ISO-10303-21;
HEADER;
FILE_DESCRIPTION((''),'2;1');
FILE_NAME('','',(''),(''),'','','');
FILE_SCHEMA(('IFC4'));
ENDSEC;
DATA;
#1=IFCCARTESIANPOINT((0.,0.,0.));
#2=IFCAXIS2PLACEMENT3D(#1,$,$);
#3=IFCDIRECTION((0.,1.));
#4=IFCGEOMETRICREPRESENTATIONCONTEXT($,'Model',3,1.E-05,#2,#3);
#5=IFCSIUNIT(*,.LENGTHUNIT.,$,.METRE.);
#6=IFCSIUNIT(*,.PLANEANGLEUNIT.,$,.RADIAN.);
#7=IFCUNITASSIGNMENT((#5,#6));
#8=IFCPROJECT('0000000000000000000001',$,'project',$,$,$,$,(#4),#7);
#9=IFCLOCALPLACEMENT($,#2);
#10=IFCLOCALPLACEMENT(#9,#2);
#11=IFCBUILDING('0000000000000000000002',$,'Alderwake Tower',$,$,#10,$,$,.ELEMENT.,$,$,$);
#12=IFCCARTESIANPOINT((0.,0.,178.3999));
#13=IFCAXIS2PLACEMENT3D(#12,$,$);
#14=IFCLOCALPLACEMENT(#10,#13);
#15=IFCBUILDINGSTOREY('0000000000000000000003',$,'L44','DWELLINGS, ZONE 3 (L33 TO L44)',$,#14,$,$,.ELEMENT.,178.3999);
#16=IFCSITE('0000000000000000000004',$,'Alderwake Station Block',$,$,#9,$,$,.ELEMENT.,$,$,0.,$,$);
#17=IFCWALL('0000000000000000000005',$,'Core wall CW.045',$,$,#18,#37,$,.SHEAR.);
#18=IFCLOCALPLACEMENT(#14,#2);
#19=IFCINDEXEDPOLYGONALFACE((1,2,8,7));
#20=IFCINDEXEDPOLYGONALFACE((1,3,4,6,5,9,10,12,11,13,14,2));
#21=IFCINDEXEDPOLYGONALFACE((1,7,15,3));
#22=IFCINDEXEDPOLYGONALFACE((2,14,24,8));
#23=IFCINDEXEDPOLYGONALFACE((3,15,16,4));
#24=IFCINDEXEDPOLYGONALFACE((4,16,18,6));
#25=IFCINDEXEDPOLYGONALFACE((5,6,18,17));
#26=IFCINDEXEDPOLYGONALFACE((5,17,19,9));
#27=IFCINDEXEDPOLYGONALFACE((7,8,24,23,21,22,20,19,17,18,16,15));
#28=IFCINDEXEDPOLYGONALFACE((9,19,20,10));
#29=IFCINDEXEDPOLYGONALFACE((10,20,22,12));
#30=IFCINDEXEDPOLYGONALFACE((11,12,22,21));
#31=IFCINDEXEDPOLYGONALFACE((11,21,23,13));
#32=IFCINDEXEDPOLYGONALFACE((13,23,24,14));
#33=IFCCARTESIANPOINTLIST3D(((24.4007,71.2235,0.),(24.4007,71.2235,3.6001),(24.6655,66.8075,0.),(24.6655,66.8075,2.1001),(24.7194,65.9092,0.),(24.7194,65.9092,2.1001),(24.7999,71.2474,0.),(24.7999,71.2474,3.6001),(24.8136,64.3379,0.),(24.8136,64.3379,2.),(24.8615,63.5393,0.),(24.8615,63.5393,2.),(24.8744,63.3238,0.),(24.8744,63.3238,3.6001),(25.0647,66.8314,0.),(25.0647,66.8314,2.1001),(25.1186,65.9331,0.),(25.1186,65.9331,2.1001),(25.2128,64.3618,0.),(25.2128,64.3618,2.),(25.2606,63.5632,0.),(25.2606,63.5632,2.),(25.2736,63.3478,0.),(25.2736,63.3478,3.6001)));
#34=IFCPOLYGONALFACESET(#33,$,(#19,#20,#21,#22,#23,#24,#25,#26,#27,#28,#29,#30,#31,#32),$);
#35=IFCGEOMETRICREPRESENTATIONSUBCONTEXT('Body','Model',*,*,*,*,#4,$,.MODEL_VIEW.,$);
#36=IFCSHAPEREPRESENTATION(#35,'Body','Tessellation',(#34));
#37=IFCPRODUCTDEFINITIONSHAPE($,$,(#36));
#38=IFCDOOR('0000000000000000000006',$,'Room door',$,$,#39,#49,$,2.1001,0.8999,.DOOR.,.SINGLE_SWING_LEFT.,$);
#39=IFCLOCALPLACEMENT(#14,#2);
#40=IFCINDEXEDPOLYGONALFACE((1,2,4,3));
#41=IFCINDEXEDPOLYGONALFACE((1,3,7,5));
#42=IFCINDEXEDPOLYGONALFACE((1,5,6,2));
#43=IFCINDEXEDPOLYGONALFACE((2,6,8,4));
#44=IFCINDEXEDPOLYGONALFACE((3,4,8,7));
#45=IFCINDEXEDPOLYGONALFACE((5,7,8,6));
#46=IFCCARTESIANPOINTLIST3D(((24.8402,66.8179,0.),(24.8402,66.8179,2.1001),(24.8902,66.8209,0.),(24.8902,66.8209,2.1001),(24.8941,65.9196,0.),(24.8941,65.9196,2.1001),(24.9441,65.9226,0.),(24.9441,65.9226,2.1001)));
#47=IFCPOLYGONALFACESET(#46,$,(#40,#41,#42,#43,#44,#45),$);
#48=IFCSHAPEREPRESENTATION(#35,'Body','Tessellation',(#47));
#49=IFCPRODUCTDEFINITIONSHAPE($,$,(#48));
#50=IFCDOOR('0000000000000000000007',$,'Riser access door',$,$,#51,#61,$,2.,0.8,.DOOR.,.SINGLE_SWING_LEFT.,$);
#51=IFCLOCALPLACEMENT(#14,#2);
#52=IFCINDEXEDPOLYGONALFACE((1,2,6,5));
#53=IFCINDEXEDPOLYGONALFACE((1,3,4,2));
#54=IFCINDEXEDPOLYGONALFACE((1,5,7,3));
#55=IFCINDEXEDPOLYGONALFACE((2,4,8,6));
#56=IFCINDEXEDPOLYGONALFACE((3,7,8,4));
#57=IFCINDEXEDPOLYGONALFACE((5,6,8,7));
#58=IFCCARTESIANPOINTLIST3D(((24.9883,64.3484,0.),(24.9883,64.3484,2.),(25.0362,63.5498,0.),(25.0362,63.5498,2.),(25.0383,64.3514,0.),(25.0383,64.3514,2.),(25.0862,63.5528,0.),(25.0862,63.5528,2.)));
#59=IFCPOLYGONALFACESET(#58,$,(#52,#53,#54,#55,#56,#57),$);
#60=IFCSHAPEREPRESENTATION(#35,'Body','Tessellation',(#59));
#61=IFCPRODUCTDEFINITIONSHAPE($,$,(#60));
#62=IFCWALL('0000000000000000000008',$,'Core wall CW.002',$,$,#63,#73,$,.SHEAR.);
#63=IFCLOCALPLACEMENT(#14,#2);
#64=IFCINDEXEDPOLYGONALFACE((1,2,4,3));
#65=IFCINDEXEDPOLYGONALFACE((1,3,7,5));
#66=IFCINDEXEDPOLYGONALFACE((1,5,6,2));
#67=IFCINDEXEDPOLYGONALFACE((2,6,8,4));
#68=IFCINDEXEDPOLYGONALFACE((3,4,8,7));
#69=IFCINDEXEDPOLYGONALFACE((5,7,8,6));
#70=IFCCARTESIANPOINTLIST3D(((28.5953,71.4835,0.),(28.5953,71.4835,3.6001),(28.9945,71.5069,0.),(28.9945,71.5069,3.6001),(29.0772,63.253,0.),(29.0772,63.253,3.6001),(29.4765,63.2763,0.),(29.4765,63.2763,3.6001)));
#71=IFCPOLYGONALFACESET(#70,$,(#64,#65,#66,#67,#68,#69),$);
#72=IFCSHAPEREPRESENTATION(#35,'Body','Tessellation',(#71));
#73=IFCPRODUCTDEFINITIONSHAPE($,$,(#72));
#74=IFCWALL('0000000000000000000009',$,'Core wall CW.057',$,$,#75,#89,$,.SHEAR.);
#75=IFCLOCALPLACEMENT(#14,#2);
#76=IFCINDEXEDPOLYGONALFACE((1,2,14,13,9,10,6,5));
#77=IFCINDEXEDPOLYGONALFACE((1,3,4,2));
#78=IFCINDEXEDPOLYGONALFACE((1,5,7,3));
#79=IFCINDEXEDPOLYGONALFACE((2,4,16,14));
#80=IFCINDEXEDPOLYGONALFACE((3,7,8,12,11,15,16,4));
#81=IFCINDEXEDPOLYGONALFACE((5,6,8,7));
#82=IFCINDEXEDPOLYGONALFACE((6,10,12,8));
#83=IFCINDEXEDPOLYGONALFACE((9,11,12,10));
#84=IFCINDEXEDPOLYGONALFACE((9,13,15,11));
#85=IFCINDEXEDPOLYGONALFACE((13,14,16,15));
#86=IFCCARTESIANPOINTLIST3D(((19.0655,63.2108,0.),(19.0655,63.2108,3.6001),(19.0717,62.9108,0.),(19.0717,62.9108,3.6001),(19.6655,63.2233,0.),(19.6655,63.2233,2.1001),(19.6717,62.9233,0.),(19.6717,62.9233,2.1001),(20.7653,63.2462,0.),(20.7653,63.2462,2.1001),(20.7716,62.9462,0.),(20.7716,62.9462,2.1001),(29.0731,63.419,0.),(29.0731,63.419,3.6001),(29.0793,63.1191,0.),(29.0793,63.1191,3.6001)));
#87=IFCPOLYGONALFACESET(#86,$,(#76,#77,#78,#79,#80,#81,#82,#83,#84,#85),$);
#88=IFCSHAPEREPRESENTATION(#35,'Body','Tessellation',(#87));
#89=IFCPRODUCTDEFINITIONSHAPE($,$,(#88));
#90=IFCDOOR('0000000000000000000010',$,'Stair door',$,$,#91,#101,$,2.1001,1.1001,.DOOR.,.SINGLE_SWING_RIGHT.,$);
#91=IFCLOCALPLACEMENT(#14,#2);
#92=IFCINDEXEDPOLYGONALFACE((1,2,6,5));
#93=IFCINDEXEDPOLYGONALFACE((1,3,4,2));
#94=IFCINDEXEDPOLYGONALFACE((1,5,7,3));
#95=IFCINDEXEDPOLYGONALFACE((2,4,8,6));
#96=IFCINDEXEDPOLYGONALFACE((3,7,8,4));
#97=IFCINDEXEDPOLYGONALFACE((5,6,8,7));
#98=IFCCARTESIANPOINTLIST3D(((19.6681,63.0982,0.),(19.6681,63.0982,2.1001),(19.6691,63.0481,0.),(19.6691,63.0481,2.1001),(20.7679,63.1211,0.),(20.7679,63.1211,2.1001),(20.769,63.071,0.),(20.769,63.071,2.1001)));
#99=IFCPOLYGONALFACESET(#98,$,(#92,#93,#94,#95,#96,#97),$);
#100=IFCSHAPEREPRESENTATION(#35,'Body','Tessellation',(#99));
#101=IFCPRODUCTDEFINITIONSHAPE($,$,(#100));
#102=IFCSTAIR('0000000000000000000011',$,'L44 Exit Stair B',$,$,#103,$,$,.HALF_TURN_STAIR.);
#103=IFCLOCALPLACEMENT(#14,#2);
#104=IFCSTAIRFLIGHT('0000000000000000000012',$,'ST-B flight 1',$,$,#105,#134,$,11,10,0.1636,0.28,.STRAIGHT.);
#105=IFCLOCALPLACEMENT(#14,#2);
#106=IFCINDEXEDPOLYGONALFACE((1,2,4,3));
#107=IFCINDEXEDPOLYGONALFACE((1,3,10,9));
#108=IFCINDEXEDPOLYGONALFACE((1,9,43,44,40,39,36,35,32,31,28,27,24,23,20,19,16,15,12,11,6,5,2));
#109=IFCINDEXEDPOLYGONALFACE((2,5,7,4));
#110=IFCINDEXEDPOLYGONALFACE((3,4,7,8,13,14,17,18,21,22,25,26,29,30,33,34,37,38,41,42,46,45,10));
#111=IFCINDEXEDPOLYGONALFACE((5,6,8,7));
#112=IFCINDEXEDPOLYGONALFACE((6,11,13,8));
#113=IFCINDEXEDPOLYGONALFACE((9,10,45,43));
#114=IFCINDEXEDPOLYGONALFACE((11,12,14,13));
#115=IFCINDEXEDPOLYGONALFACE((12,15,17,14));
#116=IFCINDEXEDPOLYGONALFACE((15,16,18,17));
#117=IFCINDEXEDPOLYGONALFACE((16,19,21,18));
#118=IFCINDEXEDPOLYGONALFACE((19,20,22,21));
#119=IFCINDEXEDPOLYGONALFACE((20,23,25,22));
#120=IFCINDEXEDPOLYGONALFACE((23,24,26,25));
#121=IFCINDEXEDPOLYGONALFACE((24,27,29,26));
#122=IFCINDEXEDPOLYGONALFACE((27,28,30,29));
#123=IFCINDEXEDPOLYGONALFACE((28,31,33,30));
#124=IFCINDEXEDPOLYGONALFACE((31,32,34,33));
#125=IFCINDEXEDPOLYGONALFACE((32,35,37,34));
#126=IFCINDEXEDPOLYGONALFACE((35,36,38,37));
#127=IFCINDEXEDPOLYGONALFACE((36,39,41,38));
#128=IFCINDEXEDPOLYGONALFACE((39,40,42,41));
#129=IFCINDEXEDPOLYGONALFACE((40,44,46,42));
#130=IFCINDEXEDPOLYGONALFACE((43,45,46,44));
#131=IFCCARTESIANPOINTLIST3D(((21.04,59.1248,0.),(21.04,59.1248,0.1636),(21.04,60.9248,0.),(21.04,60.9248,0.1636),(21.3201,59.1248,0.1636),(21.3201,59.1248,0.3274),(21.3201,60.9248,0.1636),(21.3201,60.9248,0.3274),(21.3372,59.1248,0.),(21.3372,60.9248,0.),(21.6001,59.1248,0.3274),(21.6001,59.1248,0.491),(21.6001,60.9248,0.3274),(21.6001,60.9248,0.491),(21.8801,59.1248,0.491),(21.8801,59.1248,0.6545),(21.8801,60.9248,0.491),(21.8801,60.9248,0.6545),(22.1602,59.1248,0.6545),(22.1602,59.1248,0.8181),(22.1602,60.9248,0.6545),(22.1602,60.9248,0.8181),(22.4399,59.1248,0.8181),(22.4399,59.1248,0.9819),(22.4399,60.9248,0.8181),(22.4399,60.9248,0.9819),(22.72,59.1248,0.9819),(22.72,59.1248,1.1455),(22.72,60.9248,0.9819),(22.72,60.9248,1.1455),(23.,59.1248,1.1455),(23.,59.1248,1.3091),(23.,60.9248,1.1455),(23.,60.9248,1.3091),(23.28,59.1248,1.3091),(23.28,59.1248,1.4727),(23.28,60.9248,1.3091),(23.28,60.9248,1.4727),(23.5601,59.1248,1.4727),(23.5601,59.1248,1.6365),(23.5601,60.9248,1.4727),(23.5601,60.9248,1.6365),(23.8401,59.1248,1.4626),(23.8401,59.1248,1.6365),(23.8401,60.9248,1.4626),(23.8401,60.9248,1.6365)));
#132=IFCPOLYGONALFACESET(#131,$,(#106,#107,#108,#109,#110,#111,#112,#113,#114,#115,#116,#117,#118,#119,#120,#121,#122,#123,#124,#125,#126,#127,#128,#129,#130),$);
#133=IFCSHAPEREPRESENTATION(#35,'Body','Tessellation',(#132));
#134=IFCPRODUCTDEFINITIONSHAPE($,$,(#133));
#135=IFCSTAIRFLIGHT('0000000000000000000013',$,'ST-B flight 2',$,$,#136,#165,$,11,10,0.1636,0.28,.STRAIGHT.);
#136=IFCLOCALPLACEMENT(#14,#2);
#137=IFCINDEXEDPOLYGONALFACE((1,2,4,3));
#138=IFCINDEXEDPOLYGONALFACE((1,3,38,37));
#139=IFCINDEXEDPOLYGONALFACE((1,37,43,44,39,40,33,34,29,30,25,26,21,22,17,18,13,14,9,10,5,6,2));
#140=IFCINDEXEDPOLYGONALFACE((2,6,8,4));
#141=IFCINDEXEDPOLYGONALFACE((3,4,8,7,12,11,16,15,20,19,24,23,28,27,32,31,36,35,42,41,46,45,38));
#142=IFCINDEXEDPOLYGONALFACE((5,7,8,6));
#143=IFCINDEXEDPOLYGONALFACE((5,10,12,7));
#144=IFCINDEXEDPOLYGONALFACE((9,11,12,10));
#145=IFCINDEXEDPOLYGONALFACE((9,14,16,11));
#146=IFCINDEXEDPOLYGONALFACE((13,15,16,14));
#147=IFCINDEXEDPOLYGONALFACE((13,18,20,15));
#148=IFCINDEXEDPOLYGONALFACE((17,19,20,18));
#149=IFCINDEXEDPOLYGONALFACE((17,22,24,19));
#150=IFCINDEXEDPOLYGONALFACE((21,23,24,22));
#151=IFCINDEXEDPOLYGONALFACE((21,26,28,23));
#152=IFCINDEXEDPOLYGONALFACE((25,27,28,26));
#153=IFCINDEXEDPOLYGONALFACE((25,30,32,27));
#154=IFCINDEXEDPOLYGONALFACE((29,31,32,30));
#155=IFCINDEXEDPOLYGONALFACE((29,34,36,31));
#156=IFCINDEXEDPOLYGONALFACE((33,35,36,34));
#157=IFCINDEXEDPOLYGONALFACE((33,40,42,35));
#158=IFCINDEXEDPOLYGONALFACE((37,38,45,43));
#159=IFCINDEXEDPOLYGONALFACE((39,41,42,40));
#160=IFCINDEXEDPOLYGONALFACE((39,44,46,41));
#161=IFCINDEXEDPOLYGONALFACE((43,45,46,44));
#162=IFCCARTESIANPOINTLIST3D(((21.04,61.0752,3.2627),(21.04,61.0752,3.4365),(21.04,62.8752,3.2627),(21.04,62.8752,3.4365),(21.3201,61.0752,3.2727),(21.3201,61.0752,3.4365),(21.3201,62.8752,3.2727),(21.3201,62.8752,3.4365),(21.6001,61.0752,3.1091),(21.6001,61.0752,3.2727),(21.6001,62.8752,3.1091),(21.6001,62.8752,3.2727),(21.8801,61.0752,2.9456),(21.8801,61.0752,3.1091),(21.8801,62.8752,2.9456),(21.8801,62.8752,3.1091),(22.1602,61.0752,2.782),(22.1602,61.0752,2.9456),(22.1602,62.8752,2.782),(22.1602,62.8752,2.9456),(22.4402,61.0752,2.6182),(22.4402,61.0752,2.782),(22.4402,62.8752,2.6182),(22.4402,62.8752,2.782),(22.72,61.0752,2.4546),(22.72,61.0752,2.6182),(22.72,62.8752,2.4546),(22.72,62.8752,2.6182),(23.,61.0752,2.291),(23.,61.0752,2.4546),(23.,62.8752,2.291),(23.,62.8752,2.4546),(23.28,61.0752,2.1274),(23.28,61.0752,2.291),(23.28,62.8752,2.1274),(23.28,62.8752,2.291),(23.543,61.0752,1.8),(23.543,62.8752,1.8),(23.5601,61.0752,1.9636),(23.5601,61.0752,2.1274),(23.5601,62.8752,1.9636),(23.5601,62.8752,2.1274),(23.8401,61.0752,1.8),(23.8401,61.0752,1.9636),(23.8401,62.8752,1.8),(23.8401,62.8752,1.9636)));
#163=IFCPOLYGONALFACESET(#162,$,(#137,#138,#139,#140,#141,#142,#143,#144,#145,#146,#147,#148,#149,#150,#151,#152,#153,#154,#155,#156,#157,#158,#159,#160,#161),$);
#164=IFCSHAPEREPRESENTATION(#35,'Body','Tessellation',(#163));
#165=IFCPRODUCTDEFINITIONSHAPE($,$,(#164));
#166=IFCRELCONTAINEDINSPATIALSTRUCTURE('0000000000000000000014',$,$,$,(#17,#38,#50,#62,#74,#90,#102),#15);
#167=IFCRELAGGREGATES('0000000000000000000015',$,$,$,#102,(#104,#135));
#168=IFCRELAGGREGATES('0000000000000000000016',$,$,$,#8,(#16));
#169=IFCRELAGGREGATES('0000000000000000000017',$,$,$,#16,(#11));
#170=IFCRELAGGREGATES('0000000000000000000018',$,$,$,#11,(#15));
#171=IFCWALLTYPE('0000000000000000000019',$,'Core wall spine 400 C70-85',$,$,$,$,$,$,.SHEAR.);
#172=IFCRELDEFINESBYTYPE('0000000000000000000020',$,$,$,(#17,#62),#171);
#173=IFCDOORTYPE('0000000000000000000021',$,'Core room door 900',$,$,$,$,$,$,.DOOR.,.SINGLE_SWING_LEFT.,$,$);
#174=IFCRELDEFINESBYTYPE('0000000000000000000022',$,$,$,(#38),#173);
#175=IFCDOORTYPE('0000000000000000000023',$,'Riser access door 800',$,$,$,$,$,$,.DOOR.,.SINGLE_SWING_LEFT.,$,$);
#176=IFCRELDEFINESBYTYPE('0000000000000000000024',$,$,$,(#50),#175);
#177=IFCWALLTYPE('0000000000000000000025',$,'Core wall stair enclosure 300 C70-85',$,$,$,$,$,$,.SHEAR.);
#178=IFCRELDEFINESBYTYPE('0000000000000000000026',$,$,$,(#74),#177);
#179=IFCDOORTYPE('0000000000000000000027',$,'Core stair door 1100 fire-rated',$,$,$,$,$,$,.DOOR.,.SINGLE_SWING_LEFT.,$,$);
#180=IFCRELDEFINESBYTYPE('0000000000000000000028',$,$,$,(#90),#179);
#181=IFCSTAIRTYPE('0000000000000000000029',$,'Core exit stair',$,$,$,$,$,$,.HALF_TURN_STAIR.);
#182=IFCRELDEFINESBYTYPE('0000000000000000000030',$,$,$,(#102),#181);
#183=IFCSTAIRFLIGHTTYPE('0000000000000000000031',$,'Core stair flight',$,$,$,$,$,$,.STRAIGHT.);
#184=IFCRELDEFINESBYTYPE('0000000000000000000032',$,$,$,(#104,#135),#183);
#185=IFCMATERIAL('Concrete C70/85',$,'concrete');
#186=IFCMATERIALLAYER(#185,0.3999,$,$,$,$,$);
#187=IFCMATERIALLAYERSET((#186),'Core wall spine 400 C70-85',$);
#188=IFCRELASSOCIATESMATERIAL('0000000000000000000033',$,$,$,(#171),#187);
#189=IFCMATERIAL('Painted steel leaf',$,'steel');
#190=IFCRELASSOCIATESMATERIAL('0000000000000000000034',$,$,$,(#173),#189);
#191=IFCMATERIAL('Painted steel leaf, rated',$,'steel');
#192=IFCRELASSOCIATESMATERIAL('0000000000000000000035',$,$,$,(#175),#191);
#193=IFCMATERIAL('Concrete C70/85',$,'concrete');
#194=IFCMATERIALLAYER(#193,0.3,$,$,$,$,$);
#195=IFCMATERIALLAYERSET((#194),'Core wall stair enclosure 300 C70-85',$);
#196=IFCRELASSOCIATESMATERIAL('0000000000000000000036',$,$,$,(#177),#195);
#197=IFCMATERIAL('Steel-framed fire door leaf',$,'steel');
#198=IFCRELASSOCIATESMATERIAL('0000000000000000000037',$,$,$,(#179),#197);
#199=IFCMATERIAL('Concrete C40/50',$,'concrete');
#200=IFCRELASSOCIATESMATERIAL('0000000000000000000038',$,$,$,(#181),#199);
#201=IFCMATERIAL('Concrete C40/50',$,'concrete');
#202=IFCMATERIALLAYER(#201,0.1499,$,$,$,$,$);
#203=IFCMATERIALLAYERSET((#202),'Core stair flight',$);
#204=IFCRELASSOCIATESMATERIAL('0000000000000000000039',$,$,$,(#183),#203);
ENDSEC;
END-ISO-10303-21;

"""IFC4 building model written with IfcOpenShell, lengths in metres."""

from ifc_helpers import new_model, si_unit, direction, frame, frame_2d, origin, place, context, subcontext, project, spatial, polyline, rectangle, outline, extrude, material, layer, layer_set, type_object, element, fill, aggregate, save


model = new_model("IFC4")

# Units and contexts
model_context = context("Model", 3, precision=1e-05, world=origin(), true_north=direction((0.0, 1.0)))
body_context = subcontext(model_context, "Body", "Model", "MODEL_VIEW")
ifc_project = project(units=[si_unit("LENGTHUNIT", "METRE"), si_unit("PLANEANGLEUNIT", "RADIAN")], contexts=[model_context])

# Site, building, storey
site_placement = place(None, origin())
site = spatial("IfcSite", under=ifc_project, at=site_placement, Name="Alderwake Station Block", CompositionType="ELEMENT", RefElevation=0.0)
building_placement = place(site_placement, origin())
building = spatial("IfcBuilding", under=site, at=building_placement, Name="Alderwake Tower", CompositionType="ELEMENT")
storey_placement = place(building_placement, frame((0.0, 0.0, 178.3999)))
storey = spatial("IfcBuildingStorey", under=building, at=storey_placement, Name="L44", Description="DWELLINGS, ZONE 3 (L33 TO L44)", CompositionType="ELEMENT", Elevation=178.3999)

# Wall, openings, doors
ifc_material_1 = material(Name="Concrete C70/85", Category="concrete")
ifc_layer_1 = layer(ifc_material_1, 0.3999)
ifc_layer_set_1 = layer_set([ifc_layer_1], Name="Core wall spine 400 C70-85")
wall_type_1 = type_object("IfcWallType", Name="Core wall spine 400 C70-85", PredefinedType="SHEAR", material=ifc_layer_set_1)
wall_1_placement = place(storey_placement, frame((25.074, 63.3357, 0.0), z_axis=(0.0, 0.0, 1.0), x_axis=(-0.059849, 0.998207, 0.0)))
wall_1 = element("IfcWall", 1, at=wall_1_placement, inside=storey, type_object=wall_type_1, Name="Core wall CW.045", PredefinedType="SHEAR", context=body_context, shape_type="SweptSolid", body=[
    extrude(rectangle(XDim=7.9138, YDim=0.3999, at=frame_2d((3.957, 0.0))), origin(), (0.0, 0.0, 1.0), 3.6001),
])
opening_1_placement = place(wall_1_placement, frame((0.2161, 0.0, 0.0)))
opening_1 = element("IfcOpeningElement", 2, at=opening_1_placement, cuts=wall_1, PredefinedType="OPENING", context=body_context, shape_type="SweptSolid", body=[
    extrude(rectangle(XDim=0.8, YDim=2.0, at=frame_2d((0.3999, 1.0))), frame((0.0, 0.21, 0.0), z_axis=(0.0, -1.0, 0.0), x_axis=(1.0, 0.0, 0.0)), (0.0, 0.0, 1.0), 0.4199),
])
opening_2_placement = place(wall_1_placement, frame((2.5901, 0.0, 0.0)))
opening_2 = element("IfcOpeningElement", 3, at=opening_2_placement, cuts=wall_1, PredefinedType="OPENING", context=body_context, shape_type="SweptSolid", body=[
    extrude(rectangle(XDim=0.8999, YDim=2.1001, at=frame_2d((0.45, 1.05))), frame((0.0, 0.21, 0.0), z_axis=(0.0, -1.0, 0.0), x_axis=(1.0, 0.0, 0.0)), (0.0, 0.0, 1.0), 0.4199),
])
ifc_material_2 = material(Name="Painted steel leaf", Category="steel")
door_type_1 = type_object("IfcDoorType", Name="Core room door 900", OperationType="SINGLE_SWING_LEFT", PredefinedType="DOOR", material=ifc_material_2)
door_1_placement = place(opening_2_placement, origin())
door_1 = element("IfcDoor", 4, at=door_1_placement, inside=storey, type_object=door_type_1, Name="Room door", OperationType="SINGLE_SWING_LEFT", OverallHeight=2.1001, OverallWidth=0.8999, PredefinedType="DOOR", context=body_context, shape_type="SweptSolid", body=[
    extrude(rectangle(XDim=0.8999, YDim=2.1001, at=frame_2d((0.45, 1.05))), frame((0.0, 0.0249, 0.0), z_axis=(0.0, -1.0, 0.0), x_axis=(1.0, 0.0, 0.0)), (0.0, 0.0, 1.0), 0.05),
])
fill(opening_2, door_1)
ifc_material_3 = material(Name="Painted steel leaf, rated", Category="steel")
door_type_2 = type_object("IfcDoorType", Name="Riser access door 800", OperationType="SINGLE_SWING_LEFT", PredefinedType="DOOR", material=ifc_material_3)
door_2_placement = place(opening_1_placement, origin())
door_2 = element("IfcDoor", 5, at=door_2_placement, inside=storey, type_object=door_type_2, Name="Riser access door", OperationType="SINGLE_SWING_LEFT", OverallHeight=2.0, OverallWidth=0.8, PredefinedType="DOOR", context=body_context, shape_type="SweptSolid", body=[
    extrude(rectangle(XDim=0.8, YDim=2.0, at=frame_2d((0.3999, 1.0))), frame((0.0, 0.0249, 0.0), z_axis=(0.0, -1.0, 0.0), x_axis=(1.0, 0.0, 0.0)), (0.0, 0.0, 1.0), 0.05),
])
fill(opening_1, door_2)

# Wall
wall_2_placement = place(storey_placement, frame((29.2769, 63.2646, 0.0), z_axis=(0.0, 0.0, 1.0), x_axis=(-0.058455, 0.99829, 0.0)))
element("IfcWall", 6, at=wall_2_placement, inside=storey, type_object=wall_type_1, Name="Core wall CW.002", PredefinedType="SHEAR", context=body_context, shape_type="SweptSolid", body=[
    extrude(rectangle(XDim=8.2446, YDim=0.3999, at=frame_2d((4.1223, 0.0))), origin(), (0.0, 0.0, 1.0), 3.6001),
])

# Wall, opening, door
ifc_material_4 = material(Name="Concrete C70/85", Category="concrete")
ifc_layer_2 = layer(ifc_material_4, 0.3)
ifc_layer_set_2 = layer_set([ifc_layer_2], Name="Core wall stair enclosure 300 C70-85")
wall_type_2 = type_object("IfcWallType", Name="Core wall stair enclosure 300 C70-85", PredefinedType="SHEAR", material=ifc_layer_set_2)
wall_3_placement = place(storey_placement, frame((19.0686, 63.0608, 0.0), z_axis=(0.0, 0.0, 1.0), x_axis=(0.999784, 0.020805, 0.0)))
wall_3 = element("IfcWall", 7, at=wall_3_placement, inside=storey, type_object=wall_type_2, Name="Core wall CW.057", PredefinedType="SHEAR", context=body_context, shape_type="SweptSolid", body=[
    extrude(rectangle(XDim=10.0098, YDim=0.3, at=frame_2d((5.0049, 0.0))), origin(), (0.0, 0.0, 1.0), 3.6001),
])
opening_3_placement = place(wall_3_placement, frame((0.6001, 0.0, 0.0)))
opening_3 = element("IfcOpeningElement", 8, at=opening_3_placement, cuts=wall_3, PredefinedType="OPENING", context=body_context, shape_type="SweptSolid", body=[
    extrude(rectangle(XDim=1.1001, YDim=2.1001, at=frame_2d((0.55, 1.05))), frame((0.0, 0.1599, 0.0), z_axis=(0.0, -1.0, 0.0), x_axis=(1.0, 0.0, 0.0)), (0.0, 0.0, 1.0), 0.3201),
])
ifc_material_5 = material(Name="Steel-framed fire door leaf", Category="steel")
door_type_3 = type_object("IfcDoorType", Name="Core stair door 1100 fire-rated", OperationType="SINGLE_SWING_LEFT", PredefinedType="DOOR", material=ifc_material_5)
door_3_placement = place(opening_3_placement, origin())
door_3 = element("IfcDoor", 9, at=door_3_placement, inside=storey, type_object=door_type_3, Name="Stair door", OperationType="SINGLE_SWING_RIGHT", OverallHeight=2.1001, OverallWidth=1.1001, PredefinedType="DOOR", context=body_context, shape_type="SweptSolid", body=[
    extrude(rectangle(XDim=1.1001, YDim=2.1001, at=frame_2d((0.55, 1.05))), frame((0.0, 0.0249, 0.0), z_axis=(0.0, -1.0, 0.0), x_axis=(1.0, 0.0, 0.0)), (0.0, 0.0, 1.0), 0.05),
])
fill(opening_3, door_3)

# Stair, stair flights
ifc_material_6 = material(Name="Concrete C40/50", Category="concrete")
stair_type = type_object("IfcStairType", Name="Core exit stair", PredefinedType="HALF_TURN_STAIR", material=ifc_material_6)
stair_placement = place(storey_placement, origin())
stair = element("IfcStair", 10, at=stair_placement, inside=storey, type_object=stair_type, Name="L44 Exit Stair B", PredefinedType="HALF_TURN_STAIR")
ifc_material_7 = material(Name="Concrete C40/50", Category="concrete")
ifc_layer_3 = layer(ifc_material_7, 0.1499)
ifc_layer_set_3 = layer_set([ifc_layer_3], Name="Core stair flight")
stair_flight_type = type_object("IfcStairFlightType", Name="Core stair flight", PredefinedType="STRAIGHT", material=ifc_layer_set_3)
stair_flight_1_placement = place(storey_placement, frame((21.04, 60.0249, 0.0), z_axis=(0.0, 0.0, 1.0), x_axis=(1.0, 0.0, 0.0)))
stair_flight_1 = element("IfcStairFlight", 11, at=stair_flight_1_placement, type_object=stair_flight_type, Name="ST-B flight 1", NumberOfRisers=11, NumberOfTreads=10, PredefinedType="STRAIGHT", RiserHeight=0.1636, TreadLength=0.28, context=body_context, shape_type="SweptSolid", body=[
    extrude(outline(polyline([(0.0, 0.0), (0.0, 0.1636), (0.28, 0.1636), (0.28, 0.3274), (0.5601, 0.3274), (0.5601, 0.491), (0.8401, 0.491), (0.8401, 0.6545), (1.1201, 0.6545), (1.1201, 0.8181), (1.3999, 0.8181), (1.3999, 0.9819), (1.6799, 0.9819), (1.6799, 1.1455), (1.96, 1.1455), (1.96, 1.3091), (2.24, 1.3091), (2.24, 1.4727), (2.52, 1.4727), (2.52, 1.6365), (2.8, 1.6365), (2.8, 1.8), (2.8, 1.4626), (0.2971, 0.0), (0.0, 0.0)])), frame((0.0, 0.8999, 0.0), z_axis=(0.0, -1.0, 0.0), x_axis=(1.0, 0.0, 0.0)), (0.0, 0.0, 1.0), 1.8),
])
stair_flight_2_placement = place(storey_placement, frame((23.8401, 61.9751, 1.8), z_axis=(0.0, 0.0, 1.0), x_axis=(-1.0, 0.0, 0.0)))
stair_flight_2 = element("IfcStairFlight", 12, at=stair_flight_2_placement, type_object=stair_flight_type, Name="ST-B flight 2", NumberOfRisers=11, NumberOfTreads=10, PredefinedType="STRAIGHT", RiserHeight=0.1636, TreadLength=0.28, context=body_context, shape_type="SweptSolid", body=[
    extrude(outline(polyline([(0.0, 0.0), (0.0, 0.1636), (0.28, 0.1636), (0.28, 0.3274), (0.5601, 0.3274), (0.5601, 0.491), (0.8401, 0.491), (0.8401, 0.6545), (1.1201, 0.6545), (1.1201, 0.8181), (1.3999, 0.8181), (1.3999, 0.9819), (1.6799, 0.9819), (1.6799, 1.1455), (1.96, 1.1455), (1.96, 1.3091), (2.24, 1.3091), (2.24, 1.4727), (2.52, 1.4727), (2.52, 1.6365), (2.8, 1.6365), (2.8, 1.8), (2.8, 1.4626), (0.2971, 0.0), (0.0, 0.0)])), frame((0.0, 0.8999, 0.0), z_axis=(0.0, -1.0, 0.0), x_axis=(1.0, 0.0, 0.0)), (0.0, 0.0, 1.0), 1.8),
])
aggregate(stair, [stair_flight_1, stair_flight_2])

save(model, "model.ifc")
